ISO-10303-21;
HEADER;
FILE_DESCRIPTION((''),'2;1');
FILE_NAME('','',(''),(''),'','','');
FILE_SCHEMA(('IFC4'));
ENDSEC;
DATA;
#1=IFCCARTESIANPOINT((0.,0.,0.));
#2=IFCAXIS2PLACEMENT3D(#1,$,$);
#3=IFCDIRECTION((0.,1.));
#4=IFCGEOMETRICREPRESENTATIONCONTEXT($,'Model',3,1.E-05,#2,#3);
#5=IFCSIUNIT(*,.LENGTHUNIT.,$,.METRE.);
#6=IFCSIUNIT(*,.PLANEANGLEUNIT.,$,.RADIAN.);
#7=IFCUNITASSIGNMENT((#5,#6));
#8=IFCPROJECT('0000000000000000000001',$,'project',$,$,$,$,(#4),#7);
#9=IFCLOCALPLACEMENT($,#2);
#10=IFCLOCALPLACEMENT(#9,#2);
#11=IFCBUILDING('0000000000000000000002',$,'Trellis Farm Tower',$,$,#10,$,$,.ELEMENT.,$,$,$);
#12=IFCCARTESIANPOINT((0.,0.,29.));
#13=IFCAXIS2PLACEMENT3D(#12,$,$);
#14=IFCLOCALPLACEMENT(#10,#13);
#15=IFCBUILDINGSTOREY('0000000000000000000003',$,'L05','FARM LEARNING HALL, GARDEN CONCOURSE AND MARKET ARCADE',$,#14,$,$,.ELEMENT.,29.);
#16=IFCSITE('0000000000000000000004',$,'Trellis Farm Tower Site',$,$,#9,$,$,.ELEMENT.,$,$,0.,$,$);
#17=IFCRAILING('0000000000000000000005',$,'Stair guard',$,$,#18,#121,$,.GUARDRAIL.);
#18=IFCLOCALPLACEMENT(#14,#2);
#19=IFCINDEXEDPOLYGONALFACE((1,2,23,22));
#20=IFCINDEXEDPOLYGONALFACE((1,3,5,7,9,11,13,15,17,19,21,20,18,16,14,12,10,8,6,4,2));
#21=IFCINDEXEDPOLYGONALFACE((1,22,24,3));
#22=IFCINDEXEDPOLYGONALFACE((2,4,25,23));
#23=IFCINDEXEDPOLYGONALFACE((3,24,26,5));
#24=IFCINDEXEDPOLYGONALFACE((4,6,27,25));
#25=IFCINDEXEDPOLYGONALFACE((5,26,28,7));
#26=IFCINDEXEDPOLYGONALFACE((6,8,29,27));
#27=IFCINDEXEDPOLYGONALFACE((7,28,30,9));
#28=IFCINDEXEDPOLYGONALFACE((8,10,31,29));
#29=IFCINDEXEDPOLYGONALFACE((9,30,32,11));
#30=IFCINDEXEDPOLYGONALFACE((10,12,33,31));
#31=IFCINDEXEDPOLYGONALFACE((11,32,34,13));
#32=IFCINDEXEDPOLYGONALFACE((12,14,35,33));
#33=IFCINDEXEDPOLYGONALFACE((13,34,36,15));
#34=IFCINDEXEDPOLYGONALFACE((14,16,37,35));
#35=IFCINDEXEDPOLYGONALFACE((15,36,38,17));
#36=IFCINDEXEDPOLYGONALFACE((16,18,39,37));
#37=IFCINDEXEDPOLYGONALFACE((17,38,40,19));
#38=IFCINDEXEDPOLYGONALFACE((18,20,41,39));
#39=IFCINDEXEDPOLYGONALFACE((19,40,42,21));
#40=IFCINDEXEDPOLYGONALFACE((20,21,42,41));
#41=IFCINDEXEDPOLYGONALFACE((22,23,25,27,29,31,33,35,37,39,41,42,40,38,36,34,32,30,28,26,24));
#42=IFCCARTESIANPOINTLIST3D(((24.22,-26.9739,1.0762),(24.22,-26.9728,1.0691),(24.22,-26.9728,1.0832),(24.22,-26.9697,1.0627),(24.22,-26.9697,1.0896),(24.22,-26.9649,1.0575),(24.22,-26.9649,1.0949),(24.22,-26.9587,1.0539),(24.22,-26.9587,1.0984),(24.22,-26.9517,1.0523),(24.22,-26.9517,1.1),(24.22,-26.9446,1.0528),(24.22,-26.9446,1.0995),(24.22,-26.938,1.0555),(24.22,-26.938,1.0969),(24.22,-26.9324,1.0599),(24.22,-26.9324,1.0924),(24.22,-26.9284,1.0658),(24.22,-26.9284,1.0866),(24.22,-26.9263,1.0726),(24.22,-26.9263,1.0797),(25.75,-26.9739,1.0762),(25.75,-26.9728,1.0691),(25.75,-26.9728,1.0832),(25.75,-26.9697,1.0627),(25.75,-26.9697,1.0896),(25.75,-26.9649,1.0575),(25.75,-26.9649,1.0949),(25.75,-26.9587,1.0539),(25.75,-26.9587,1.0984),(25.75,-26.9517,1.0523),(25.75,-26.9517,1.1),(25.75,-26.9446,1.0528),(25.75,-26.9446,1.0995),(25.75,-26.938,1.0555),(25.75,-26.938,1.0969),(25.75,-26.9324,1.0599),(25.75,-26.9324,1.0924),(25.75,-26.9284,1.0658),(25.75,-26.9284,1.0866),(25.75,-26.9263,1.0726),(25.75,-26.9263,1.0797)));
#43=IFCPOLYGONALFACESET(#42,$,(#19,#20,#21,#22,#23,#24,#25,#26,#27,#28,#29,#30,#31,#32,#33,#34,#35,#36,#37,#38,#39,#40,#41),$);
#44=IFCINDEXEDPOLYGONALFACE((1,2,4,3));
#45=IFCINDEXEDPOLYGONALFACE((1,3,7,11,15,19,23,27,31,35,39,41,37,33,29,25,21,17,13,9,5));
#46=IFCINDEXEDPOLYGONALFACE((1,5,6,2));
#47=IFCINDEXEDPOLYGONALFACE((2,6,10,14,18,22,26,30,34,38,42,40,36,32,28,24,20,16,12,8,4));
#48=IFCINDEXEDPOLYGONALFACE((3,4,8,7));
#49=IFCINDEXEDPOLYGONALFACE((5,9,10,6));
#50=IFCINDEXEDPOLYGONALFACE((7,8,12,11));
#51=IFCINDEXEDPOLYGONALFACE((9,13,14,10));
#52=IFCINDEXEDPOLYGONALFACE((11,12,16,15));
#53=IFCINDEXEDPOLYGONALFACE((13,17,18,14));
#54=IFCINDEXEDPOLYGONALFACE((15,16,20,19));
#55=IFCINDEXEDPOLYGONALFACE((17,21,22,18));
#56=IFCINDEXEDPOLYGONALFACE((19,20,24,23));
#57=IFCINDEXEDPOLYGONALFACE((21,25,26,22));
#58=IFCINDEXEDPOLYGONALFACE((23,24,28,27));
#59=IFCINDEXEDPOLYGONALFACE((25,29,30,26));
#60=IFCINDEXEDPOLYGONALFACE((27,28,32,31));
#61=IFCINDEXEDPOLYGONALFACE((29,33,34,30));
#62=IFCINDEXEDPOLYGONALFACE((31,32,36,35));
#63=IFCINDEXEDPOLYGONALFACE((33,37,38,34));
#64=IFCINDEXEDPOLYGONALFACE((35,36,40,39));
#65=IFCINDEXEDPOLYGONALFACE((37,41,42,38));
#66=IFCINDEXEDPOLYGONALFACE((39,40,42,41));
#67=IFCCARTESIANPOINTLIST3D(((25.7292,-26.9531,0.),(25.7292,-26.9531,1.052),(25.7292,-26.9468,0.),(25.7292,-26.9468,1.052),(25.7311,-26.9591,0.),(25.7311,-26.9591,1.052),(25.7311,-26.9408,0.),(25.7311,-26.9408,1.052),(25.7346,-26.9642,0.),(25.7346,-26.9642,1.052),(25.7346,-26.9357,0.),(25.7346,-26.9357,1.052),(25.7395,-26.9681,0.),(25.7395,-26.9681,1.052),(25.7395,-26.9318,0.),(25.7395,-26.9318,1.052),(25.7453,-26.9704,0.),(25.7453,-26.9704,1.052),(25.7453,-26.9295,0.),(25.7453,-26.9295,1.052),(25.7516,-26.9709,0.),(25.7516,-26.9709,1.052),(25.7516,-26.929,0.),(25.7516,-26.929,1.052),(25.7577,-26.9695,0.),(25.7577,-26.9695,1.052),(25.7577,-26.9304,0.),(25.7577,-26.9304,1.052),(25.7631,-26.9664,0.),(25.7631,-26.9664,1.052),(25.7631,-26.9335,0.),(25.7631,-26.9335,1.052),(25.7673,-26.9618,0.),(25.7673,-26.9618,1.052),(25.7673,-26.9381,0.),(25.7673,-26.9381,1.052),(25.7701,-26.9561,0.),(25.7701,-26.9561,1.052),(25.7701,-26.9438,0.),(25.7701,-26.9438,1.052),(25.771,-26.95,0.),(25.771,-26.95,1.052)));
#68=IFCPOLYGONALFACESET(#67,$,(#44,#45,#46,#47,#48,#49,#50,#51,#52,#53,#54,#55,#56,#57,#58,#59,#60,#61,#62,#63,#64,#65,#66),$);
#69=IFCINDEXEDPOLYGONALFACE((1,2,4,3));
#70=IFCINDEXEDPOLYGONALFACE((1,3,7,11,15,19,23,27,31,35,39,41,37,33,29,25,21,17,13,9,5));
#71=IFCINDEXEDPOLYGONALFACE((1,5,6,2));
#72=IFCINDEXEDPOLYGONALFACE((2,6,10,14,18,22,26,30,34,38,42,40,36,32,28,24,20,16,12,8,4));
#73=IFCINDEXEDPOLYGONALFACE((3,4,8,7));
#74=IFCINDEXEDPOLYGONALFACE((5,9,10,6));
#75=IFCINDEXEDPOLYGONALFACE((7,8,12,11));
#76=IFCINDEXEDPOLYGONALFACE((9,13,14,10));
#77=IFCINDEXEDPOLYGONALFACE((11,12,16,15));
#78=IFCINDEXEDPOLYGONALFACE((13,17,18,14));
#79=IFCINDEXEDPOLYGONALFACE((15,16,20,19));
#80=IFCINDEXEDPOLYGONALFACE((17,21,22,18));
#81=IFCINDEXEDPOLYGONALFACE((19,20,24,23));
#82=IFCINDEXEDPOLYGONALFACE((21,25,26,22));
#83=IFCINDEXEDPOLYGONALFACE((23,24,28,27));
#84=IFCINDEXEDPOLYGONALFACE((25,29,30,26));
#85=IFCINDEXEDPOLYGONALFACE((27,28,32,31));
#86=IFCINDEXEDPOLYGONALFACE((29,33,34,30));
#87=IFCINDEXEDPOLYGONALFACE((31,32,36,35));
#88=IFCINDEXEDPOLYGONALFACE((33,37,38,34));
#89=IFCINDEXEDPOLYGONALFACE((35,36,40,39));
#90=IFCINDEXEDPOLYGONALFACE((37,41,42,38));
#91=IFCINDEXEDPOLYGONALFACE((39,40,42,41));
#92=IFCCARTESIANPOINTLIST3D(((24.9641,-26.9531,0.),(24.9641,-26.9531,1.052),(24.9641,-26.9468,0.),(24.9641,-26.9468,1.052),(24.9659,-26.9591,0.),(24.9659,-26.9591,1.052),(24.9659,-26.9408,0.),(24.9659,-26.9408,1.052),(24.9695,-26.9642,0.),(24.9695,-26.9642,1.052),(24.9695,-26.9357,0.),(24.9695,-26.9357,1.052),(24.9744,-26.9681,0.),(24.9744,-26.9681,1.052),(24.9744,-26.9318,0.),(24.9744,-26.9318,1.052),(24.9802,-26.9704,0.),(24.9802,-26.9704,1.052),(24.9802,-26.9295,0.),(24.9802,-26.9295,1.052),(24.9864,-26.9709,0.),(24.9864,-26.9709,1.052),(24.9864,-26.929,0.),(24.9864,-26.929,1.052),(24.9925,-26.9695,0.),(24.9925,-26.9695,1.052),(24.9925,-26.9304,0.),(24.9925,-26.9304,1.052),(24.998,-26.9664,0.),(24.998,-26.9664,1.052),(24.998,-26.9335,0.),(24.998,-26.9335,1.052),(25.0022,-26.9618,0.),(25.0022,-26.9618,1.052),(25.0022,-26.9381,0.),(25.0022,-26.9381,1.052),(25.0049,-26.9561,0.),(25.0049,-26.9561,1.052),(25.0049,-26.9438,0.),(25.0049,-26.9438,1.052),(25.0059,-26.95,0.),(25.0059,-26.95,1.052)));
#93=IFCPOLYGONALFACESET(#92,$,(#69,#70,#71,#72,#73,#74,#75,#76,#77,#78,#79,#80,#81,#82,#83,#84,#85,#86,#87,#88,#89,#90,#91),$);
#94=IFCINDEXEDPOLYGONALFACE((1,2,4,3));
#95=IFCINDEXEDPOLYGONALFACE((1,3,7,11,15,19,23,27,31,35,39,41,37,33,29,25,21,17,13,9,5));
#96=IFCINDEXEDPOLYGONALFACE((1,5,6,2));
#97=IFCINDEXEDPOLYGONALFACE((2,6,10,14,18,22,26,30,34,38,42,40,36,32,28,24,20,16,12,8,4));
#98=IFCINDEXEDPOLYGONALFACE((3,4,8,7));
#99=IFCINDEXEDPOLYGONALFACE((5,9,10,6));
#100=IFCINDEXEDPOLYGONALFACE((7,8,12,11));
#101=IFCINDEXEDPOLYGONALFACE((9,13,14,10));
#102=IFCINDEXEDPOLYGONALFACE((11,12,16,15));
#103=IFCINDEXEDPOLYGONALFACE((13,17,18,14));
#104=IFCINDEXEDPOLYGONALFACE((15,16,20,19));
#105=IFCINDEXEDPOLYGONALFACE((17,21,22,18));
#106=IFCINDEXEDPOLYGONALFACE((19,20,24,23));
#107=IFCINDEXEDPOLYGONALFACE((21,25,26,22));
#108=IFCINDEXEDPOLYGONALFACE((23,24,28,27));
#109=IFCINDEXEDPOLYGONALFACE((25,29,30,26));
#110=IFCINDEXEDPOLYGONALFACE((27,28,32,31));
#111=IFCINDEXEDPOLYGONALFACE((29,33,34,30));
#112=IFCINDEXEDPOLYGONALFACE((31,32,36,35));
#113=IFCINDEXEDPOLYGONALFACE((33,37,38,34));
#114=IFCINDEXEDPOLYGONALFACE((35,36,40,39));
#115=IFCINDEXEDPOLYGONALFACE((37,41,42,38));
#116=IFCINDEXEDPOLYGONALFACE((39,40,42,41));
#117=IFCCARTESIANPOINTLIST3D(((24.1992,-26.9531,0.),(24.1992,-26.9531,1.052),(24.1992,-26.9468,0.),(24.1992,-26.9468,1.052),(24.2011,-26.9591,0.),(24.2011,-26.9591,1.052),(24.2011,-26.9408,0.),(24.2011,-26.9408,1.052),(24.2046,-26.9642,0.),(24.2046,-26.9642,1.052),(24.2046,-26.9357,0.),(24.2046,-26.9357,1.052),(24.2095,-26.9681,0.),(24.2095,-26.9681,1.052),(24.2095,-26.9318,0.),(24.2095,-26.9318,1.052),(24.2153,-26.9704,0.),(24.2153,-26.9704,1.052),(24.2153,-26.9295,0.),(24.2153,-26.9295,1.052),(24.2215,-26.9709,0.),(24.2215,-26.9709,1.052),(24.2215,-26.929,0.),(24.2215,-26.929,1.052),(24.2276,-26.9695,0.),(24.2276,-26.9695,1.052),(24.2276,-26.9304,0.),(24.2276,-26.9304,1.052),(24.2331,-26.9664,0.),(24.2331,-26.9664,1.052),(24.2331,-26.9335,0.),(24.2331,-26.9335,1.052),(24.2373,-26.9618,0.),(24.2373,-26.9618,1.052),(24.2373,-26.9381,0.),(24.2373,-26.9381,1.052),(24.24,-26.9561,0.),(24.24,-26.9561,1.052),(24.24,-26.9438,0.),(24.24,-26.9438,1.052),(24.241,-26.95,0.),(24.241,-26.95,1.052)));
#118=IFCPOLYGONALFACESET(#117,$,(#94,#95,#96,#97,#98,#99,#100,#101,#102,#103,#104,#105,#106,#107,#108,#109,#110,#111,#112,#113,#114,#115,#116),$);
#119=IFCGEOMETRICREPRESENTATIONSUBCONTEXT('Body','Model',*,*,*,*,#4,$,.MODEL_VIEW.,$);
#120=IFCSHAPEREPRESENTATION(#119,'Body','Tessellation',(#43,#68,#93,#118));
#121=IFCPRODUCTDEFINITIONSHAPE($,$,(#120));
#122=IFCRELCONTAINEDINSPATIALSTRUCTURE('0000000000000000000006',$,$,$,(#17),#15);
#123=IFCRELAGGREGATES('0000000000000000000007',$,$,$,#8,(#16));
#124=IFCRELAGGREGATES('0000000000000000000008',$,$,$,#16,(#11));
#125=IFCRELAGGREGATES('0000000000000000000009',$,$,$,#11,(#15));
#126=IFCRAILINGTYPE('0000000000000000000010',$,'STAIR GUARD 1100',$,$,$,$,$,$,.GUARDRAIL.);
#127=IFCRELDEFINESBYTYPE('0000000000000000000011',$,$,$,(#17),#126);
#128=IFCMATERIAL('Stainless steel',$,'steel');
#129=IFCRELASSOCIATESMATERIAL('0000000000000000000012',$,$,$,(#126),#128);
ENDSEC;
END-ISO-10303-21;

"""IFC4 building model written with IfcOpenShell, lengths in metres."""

from ifc_helpers import new_model, si_unit, direction, frame, origin, origin_2d, place, context, subcontext, project, spatial, circle, extrude, source, transform, mapped, material, type_object, element, save


model = new_model("IFC4")

# Units and contexts
model_context = context("Model", 3, precision=1e-05, world=origin(), true_north=direction((0.0, 1.0)))
body_context = subcontext(model_context, "Body", "Model", "MODEL_VIEW")
ifc_project = project(units=[si_unit("LENGTHUNIT", "METRE"), si_unit("PLANEANGLEUNIT", "RADIAN")], contexts=[model_context])

# Site, building, storey
site_placement = place(None, origin())
site = spatial("IfcSite", under=ifc_project, at=site_placement, Name="Trellis Farm Tower Site", CompositionType="ELEMENT", RefElevation=0.0)
building_placement = place(site_placement, origin())
building = spatial("IfcBuilding", under=site, at=building_placement, Name="Trellis Farm Tower", CompositionType="ELEMENT")
storey_placement = place(building_placement, frame((0.0, 0.0, 29.0)))
storey = spatial("IfcBuildingStorey", under=building, at=storey_placement, Name="L05", Description="FARM LEARNING HALL, GARDEN CONCOURSE AND MARKET ARCADE", CompositionType="ELEMENT", Elevation=29.0)

# Railing
ifc_material_1 = material(Name="Stainless steel", Category="steel")
railing_type = type_object("IfcRailingType", Name="STAIR GUARD 1100", PredefinedType="GUARDRAIL", material=ifc_material_1)
shared_shape_1 = source(origin(), body_context, "Body", "SweptSolid", [
    extrude(circle(Radius=0.0239, at=origin_2d()), frame((0.0, 0.0, 1.0762), z_axis=(-1.0, 0.0, 0.0), x_axis=(0.0, -1.0, 0.0)), (0.0, 0.0, 1.0), 1.53),
    extrude(circle(Radius=0.021, at=origin_2d()), origin(), (0.0, 0.0, 1.0), 1.052),
    extrude(circle(Radius=0.021, at=origin_2d()), frame((-0.7651, 0.0, 0.0)), (0.0, 0.0, 1.0), 1.052),
    extrude(circle(Radius=0.021, at=origin_2d()), frame((-1.53, 0.0, 0.0)), (0.0, 0.0, 1.0), 1.052),
])
for number, where, name in (
    (1, (25.75, -26.95, 0.0), "Stair guard"),
):
    element("IfcRailing", number, at=place(storey_placement, frame(where)), inside=storey, type_object=railing_type, Name=name, PredefinedType="GUARDRAIL", context=body_context, shape_type="MappedRepresentation", body=[
        mapped(shared_shape_1, transform((0.0, 0.0, 0.0))),
    ])

save(model, "model.ifc")
